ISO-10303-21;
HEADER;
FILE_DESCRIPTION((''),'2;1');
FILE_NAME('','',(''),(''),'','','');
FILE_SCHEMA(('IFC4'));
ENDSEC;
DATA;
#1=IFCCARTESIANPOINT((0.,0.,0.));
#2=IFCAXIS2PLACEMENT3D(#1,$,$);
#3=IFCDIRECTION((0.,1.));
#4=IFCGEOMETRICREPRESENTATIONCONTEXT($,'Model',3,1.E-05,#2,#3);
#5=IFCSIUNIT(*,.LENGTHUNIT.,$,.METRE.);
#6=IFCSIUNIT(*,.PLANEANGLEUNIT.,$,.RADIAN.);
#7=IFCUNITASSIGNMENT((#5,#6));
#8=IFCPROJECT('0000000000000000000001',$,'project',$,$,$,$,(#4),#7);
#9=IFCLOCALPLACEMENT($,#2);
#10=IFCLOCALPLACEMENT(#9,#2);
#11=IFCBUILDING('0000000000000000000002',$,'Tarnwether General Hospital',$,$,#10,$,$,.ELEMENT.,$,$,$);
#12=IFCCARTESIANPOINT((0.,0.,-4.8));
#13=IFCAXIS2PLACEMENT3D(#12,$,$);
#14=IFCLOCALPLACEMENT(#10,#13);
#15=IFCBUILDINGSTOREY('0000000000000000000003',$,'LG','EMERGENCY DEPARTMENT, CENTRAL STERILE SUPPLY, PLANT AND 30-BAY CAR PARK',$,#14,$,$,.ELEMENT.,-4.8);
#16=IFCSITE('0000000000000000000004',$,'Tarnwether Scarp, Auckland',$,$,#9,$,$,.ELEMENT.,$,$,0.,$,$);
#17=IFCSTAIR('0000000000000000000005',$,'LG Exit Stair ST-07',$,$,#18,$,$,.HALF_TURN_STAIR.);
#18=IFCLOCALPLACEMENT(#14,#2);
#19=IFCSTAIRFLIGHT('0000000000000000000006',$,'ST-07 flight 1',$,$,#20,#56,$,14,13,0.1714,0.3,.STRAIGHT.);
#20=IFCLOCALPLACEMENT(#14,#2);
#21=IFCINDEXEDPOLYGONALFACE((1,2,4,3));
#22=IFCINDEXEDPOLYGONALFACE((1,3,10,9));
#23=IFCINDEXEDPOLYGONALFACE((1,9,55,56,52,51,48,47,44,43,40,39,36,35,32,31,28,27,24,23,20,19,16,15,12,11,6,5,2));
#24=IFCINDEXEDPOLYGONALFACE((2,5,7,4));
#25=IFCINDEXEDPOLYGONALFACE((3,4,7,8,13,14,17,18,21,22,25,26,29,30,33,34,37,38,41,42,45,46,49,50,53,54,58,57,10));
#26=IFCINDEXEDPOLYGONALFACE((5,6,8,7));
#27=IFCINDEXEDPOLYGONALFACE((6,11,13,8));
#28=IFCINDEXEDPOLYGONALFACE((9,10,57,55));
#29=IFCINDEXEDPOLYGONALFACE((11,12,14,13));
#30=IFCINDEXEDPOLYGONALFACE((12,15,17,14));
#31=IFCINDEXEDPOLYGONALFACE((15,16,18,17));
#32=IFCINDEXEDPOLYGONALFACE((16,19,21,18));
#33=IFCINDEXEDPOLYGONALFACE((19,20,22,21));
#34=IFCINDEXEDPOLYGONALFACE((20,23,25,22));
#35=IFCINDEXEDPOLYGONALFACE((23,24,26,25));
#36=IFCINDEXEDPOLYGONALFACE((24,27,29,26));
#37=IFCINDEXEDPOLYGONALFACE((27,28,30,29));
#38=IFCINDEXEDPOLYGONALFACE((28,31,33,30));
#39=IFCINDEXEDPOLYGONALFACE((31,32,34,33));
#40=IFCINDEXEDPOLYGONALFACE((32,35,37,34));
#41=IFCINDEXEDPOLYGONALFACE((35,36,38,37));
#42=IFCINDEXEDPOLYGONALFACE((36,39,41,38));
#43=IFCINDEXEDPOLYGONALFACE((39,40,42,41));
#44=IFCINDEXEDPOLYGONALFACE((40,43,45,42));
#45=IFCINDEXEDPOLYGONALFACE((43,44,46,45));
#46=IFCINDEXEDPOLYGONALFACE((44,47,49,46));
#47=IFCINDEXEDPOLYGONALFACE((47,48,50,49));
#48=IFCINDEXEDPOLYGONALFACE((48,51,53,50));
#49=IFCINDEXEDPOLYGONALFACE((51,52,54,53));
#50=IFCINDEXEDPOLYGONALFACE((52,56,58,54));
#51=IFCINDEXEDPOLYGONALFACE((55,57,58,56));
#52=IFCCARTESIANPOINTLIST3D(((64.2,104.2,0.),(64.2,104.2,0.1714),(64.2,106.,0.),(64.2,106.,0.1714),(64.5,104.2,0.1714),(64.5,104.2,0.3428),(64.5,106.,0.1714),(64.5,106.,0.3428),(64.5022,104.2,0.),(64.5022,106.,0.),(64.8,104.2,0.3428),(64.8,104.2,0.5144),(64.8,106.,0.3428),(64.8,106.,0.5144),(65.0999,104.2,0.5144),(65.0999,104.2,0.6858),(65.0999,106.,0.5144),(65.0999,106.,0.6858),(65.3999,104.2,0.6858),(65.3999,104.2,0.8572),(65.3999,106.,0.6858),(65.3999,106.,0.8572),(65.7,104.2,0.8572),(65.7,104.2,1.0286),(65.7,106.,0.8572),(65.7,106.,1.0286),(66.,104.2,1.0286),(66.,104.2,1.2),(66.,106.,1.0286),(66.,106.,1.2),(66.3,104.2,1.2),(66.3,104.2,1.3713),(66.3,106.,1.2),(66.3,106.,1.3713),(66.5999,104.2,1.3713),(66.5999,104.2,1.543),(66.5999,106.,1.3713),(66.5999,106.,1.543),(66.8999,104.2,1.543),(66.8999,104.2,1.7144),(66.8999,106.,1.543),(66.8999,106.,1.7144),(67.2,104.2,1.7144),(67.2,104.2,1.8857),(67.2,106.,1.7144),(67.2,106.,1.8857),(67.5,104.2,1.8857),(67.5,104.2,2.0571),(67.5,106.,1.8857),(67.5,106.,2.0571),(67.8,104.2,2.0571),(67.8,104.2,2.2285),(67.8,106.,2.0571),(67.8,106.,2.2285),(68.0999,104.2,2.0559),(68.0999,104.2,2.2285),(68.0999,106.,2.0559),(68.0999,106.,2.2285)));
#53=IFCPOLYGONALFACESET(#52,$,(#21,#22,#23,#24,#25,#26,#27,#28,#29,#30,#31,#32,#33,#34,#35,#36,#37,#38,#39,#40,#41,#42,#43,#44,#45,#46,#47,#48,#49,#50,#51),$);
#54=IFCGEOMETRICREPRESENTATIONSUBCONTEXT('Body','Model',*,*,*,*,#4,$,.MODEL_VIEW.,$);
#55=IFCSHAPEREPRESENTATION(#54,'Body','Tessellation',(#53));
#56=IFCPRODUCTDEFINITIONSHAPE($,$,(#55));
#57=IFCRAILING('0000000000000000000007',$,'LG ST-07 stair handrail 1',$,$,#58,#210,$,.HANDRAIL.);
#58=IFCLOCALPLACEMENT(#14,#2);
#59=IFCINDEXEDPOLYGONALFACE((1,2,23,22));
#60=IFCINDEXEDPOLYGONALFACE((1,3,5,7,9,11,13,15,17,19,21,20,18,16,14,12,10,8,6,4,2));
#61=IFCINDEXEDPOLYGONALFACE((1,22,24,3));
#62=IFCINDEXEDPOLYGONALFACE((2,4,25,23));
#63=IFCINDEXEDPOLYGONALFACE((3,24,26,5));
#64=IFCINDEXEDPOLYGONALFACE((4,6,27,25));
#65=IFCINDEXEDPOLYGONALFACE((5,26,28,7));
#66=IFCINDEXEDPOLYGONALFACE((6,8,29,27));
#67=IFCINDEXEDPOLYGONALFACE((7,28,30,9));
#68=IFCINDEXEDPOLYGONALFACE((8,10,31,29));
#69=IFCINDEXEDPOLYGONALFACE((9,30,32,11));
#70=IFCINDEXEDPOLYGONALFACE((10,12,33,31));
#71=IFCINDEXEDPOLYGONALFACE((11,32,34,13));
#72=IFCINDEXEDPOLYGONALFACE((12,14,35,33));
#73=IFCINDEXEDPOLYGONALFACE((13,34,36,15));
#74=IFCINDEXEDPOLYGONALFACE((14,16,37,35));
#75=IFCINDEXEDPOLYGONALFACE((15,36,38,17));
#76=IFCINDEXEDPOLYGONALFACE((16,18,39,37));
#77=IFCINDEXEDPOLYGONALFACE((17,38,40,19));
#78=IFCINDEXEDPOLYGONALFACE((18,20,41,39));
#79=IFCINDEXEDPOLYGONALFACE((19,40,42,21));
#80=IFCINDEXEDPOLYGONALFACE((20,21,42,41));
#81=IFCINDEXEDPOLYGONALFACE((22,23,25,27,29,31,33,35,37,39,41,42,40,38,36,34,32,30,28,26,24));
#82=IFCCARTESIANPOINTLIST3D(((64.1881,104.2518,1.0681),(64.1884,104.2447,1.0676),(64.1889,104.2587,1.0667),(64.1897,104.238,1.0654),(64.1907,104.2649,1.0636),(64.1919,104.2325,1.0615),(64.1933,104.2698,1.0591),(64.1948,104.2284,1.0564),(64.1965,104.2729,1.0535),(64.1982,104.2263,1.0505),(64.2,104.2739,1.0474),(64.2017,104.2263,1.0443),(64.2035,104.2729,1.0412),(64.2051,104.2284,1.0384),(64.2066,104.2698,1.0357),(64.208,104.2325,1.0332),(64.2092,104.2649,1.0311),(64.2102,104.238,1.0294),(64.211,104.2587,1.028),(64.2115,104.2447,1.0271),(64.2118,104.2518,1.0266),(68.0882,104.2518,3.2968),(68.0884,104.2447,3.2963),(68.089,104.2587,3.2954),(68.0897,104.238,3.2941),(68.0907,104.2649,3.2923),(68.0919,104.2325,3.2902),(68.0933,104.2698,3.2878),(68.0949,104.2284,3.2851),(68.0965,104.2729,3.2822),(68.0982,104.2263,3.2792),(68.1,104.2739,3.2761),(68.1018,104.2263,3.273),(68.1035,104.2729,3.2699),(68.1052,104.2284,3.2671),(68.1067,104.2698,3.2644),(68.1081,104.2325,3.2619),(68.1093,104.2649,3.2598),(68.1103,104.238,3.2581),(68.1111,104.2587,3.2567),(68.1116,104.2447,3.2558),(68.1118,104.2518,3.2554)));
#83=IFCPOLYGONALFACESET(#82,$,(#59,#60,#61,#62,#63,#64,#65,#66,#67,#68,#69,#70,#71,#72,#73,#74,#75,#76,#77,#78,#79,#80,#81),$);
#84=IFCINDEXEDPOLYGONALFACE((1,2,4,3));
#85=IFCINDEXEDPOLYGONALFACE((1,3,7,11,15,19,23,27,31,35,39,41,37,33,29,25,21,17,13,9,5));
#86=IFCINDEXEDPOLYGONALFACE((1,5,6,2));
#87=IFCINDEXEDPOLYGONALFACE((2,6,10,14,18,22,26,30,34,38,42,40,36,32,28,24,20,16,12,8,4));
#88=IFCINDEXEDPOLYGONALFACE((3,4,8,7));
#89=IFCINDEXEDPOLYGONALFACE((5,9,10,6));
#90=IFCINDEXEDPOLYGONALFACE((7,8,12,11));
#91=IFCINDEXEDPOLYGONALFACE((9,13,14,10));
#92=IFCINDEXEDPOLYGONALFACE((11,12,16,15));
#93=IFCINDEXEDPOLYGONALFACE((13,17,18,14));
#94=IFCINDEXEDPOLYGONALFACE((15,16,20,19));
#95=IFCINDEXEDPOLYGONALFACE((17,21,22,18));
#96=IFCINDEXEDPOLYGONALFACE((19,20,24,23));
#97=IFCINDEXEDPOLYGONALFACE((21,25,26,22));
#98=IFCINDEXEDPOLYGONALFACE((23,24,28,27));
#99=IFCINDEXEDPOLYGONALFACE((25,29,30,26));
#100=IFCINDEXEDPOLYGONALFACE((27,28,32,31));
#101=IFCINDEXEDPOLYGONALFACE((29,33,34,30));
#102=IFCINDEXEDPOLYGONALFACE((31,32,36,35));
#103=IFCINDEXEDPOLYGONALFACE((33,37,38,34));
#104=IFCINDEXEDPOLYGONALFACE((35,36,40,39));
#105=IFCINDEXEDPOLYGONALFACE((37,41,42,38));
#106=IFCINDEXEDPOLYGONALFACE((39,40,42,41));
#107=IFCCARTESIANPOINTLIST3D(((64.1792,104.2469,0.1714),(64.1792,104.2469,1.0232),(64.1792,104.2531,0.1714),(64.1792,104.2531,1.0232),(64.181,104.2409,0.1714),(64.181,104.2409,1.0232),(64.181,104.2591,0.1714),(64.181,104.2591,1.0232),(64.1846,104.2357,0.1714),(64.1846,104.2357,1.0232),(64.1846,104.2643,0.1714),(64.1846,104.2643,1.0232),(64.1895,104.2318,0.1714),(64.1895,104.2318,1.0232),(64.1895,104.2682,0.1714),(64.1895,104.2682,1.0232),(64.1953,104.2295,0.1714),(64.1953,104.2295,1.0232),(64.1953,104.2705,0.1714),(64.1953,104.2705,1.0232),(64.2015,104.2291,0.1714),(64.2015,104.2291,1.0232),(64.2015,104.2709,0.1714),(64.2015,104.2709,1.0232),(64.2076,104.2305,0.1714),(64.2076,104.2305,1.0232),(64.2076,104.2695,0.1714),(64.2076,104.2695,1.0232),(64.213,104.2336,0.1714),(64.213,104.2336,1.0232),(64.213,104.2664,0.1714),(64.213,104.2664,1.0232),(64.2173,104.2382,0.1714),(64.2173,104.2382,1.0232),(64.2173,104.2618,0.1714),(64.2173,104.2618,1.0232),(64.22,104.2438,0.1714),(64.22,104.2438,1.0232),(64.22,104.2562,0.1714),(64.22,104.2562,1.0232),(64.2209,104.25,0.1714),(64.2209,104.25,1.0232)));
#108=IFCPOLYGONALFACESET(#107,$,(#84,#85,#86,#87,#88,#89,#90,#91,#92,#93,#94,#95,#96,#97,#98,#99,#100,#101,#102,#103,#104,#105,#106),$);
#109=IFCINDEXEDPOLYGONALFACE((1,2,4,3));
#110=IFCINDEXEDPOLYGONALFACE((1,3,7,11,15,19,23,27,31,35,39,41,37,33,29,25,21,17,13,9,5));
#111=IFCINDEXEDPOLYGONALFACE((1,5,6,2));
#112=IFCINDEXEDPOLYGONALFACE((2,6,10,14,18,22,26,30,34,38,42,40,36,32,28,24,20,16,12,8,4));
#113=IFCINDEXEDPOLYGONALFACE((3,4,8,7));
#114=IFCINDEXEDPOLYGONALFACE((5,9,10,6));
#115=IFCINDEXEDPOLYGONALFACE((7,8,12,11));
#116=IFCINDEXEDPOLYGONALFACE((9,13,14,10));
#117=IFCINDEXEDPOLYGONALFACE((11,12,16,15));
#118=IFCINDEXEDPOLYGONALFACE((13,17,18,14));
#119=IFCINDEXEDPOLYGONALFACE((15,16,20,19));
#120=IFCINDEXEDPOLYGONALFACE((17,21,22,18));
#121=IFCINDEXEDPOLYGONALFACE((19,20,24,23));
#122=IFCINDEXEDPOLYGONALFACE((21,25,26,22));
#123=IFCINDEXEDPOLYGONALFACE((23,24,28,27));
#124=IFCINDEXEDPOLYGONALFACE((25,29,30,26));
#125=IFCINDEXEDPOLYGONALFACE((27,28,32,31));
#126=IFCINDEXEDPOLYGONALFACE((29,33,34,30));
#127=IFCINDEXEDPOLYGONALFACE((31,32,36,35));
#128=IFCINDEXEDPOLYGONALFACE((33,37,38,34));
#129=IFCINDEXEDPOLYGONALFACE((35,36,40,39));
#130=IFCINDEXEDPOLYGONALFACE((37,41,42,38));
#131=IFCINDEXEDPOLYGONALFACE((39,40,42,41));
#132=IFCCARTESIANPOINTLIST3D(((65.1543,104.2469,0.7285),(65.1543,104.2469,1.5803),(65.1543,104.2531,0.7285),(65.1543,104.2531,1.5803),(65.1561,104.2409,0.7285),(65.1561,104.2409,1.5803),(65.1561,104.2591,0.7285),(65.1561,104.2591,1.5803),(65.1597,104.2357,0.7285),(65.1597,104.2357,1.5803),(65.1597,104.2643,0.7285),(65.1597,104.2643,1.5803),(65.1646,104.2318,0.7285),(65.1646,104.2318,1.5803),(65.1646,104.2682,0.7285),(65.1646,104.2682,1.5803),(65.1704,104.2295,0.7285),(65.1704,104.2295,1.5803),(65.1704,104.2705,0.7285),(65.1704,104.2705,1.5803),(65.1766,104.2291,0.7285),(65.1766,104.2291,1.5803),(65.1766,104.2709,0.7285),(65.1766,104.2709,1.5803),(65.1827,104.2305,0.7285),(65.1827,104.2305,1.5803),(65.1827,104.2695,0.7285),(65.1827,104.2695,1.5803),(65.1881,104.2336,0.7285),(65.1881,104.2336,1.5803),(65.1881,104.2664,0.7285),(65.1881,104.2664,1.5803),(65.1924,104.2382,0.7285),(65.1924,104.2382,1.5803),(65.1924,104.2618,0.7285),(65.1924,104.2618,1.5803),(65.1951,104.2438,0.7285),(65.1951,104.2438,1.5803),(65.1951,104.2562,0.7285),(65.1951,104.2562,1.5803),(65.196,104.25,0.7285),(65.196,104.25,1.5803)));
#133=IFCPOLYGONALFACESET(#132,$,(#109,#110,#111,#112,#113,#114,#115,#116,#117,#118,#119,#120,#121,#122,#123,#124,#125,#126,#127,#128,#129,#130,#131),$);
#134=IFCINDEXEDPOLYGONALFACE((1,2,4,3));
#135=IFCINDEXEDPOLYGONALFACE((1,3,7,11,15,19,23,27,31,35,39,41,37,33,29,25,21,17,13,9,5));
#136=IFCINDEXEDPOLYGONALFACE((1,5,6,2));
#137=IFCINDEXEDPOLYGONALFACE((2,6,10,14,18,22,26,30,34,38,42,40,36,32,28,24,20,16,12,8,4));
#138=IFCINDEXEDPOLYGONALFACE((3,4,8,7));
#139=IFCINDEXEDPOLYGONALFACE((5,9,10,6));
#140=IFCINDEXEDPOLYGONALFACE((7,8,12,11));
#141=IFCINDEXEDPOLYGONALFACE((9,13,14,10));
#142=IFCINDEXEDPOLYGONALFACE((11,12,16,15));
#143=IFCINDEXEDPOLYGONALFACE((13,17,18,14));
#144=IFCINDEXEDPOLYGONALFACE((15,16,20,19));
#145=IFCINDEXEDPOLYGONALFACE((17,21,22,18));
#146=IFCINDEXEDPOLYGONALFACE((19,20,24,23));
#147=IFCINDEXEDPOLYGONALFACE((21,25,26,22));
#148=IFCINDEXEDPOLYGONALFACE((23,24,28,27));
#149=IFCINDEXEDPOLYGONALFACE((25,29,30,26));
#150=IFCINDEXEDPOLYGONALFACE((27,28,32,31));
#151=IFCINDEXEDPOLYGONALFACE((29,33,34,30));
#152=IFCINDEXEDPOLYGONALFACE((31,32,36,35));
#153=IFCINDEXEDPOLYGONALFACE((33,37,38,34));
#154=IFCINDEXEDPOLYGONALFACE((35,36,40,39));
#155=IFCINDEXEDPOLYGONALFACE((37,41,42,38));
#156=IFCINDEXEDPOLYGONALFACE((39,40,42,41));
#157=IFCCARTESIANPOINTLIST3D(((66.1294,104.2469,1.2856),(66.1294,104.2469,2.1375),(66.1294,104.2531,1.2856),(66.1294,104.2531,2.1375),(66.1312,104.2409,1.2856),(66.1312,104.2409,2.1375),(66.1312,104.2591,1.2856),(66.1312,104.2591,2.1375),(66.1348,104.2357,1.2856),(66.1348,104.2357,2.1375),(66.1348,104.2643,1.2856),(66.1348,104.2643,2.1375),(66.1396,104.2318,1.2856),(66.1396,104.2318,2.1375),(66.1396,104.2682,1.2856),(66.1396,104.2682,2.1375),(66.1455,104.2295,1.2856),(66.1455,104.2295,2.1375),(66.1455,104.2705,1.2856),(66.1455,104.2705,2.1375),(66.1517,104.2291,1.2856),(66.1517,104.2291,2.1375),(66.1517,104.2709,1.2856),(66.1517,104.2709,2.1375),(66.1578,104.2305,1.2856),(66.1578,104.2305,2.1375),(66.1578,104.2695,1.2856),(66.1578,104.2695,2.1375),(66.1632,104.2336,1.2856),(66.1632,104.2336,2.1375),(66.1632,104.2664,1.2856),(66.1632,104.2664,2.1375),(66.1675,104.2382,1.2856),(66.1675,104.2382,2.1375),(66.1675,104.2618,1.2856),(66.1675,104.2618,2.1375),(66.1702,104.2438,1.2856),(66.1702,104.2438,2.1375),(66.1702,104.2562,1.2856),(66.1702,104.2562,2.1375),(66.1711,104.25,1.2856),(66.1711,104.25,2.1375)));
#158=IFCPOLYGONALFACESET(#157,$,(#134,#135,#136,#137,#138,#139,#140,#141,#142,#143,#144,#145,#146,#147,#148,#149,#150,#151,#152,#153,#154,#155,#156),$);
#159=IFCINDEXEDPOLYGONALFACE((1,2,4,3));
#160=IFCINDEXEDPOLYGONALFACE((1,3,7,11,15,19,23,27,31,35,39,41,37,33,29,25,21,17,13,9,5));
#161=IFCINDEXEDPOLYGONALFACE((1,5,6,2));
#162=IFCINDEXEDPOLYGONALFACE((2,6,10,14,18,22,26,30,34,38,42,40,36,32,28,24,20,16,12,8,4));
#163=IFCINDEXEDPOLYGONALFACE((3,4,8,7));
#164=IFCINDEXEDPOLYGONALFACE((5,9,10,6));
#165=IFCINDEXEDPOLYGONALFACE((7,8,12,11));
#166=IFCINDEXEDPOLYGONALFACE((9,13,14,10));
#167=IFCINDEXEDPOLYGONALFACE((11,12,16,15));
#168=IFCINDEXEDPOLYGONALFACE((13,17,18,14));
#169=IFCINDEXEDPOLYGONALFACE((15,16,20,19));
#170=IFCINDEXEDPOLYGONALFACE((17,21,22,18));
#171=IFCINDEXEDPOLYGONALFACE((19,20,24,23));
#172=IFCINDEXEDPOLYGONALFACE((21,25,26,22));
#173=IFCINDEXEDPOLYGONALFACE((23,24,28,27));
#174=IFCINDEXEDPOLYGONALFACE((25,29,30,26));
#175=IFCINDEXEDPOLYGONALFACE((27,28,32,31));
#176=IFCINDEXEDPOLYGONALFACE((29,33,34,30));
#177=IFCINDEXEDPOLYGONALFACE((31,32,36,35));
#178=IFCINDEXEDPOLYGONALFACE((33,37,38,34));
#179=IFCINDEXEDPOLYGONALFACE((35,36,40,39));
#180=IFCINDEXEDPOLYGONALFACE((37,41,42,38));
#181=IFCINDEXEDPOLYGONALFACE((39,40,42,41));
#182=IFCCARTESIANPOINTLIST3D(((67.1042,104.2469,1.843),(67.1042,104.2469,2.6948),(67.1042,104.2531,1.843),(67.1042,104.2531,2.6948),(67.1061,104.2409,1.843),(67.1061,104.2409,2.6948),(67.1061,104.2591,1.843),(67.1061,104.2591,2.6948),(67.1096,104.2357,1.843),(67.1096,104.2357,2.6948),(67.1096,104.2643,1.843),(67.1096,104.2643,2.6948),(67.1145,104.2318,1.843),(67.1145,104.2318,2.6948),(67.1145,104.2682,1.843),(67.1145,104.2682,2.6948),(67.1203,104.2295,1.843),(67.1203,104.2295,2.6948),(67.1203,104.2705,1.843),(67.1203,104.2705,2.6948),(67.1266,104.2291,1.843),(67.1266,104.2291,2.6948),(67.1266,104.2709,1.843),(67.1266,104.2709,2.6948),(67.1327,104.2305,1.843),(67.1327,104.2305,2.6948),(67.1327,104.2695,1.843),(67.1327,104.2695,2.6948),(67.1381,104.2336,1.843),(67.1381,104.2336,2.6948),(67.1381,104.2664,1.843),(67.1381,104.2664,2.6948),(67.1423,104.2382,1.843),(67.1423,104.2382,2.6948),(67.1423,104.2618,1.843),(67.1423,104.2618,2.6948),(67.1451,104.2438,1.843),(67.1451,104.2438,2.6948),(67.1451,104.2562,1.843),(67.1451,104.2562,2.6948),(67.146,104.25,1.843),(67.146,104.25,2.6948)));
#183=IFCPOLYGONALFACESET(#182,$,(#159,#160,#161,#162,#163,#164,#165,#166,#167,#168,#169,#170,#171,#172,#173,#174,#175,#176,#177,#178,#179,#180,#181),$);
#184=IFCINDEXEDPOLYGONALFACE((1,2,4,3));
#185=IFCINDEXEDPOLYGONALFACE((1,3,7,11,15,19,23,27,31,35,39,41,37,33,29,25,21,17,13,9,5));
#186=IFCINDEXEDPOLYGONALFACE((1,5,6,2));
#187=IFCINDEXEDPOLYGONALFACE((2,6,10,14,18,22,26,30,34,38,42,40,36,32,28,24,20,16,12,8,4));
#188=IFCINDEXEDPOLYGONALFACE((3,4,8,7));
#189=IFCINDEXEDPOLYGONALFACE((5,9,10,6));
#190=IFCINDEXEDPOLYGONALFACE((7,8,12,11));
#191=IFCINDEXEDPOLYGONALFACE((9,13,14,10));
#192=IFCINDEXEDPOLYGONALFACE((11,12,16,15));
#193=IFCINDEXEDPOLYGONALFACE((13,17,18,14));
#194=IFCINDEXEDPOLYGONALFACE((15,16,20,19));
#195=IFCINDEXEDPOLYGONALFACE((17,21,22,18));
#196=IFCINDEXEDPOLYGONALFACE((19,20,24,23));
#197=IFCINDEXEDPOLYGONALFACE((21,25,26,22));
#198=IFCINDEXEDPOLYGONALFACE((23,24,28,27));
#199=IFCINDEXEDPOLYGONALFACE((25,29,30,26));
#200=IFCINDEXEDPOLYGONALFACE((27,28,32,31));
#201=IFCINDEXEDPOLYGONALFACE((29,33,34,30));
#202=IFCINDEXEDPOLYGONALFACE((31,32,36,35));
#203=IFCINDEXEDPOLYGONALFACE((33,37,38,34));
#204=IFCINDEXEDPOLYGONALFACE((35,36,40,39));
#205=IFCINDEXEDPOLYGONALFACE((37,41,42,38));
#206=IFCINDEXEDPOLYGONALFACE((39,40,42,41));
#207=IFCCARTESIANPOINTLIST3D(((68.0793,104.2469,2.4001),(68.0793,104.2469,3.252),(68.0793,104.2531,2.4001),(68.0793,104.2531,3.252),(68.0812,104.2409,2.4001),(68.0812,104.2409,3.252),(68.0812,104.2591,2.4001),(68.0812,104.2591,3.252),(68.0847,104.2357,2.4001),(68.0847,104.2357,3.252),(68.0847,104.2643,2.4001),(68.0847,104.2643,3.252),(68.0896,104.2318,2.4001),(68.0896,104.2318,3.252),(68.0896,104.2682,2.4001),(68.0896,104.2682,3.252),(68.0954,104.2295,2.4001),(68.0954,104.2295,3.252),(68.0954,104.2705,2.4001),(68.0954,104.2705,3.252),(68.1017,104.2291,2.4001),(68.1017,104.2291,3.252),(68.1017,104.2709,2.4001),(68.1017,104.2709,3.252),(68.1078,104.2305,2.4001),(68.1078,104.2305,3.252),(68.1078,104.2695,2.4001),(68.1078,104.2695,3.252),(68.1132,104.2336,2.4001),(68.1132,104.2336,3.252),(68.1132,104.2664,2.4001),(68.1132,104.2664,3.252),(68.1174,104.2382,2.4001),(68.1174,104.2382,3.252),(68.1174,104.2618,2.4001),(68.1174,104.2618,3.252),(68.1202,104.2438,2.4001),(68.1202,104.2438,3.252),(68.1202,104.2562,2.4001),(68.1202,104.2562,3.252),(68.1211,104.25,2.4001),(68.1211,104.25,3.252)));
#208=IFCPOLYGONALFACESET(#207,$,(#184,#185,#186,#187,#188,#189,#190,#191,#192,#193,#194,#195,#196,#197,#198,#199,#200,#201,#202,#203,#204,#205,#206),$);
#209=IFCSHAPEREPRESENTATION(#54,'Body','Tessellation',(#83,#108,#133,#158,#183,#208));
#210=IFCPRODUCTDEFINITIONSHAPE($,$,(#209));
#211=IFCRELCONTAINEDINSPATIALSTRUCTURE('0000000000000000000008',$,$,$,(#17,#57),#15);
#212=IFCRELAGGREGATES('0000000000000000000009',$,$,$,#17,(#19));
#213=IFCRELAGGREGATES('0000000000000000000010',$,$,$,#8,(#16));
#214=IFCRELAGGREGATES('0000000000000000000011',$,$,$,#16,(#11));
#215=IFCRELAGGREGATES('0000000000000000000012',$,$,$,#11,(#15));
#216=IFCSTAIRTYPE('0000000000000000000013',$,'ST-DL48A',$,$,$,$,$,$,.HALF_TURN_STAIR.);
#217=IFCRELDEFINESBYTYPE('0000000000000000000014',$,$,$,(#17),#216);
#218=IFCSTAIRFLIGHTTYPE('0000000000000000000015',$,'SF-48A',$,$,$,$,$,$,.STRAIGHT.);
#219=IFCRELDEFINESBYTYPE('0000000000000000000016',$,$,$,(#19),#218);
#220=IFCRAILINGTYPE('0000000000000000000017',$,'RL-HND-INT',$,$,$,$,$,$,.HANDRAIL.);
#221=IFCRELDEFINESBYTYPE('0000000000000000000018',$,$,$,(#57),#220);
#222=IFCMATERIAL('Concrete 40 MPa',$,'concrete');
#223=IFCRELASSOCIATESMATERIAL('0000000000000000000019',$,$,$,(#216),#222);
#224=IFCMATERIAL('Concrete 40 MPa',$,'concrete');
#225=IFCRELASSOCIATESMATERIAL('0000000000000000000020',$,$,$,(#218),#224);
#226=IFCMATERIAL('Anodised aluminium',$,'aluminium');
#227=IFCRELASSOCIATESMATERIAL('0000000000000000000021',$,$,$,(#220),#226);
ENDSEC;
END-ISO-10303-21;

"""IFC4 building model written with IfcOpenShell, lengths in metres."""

from ifc_helpers import new_model, si_unit, direction, frame, origin, origin_2d, place, context, subcontext, project, spatial, polyline, circle, outline, extrude, material, type_object, element, aggregate, save


model = new_model("IFC4")

# Units and contexts
model_context = context("Model", 3, precision=1e-05, world=origin(), true_north=direction((0.0, 1.0)))
body_context = subcontext(model_context, "Body", "Model", "MODEL_VIEW")
ifc_project = project(units=[si_unit("LENGTHUNIT", "METRE"), si_unit("PLANEANGLEUNIT", "RADIAN")], contexts=[model_context])

# Site, building, storey
site_placement = place(None, origin())
site = spatial("IfcSite", under=ifc_project, at=site_placement, Name="Tarnwether Scarp, Auckland", CompositionType="ELEMENT", RefElevation=0.0)
building_placement = place(site_placement, origin())
building = spatial("IfcBuilding", under=site, at=building_placement, Name="Tarnwether General Hospital", CompositionType="ELEMENT")
storey_placement = place(building_placement, frame((0.0, 0.0, -4.8)))
storey = spatial("IfcBuildingStorey", under=building, at=storey_placement, Name="LG", Description="EMERGENCY DEPARTMENT, CENTRAL STERILE SUPPLY, PLANT AND 30-BAY CAR PARK", CompositionType="ELEMENT", Elevation=-4.8)

# Stair, stair flight
ifc_material_1 = material(Name="Concrete 40 MPa", Category="concrete")
stair_type = type_object("IfcStairType", Name="ST-DL48A", PredefinedType="HALF_TURN_STAIR", material=ifc_material_1)
stair_placement = place(storey_placement, origin())
stair = element("IfcStair", 1, at=stair_placement, inside=storey, type_object=stair_type, Name="LG Exit Stair ST-07", PredefinedType="HALF_TURN_STAIR")
ifc_material_2 = material(Name="Concrete 40 MPa", Category="concrete")
stair_flight_type = type_object("IfcStairFlightType", Name="SF-48A", PredefinedType="STRAIGHT", material=ifc_material_2)
stair_flight_placement = place(storey_placement, frame((64.2, 105.1001, 0.0), z_axis=(0.0, 0.0, 1.0), x_axis=(1.0, 0.0, 0.0)))
stair_flight = element("IfcStairFlight", 2, at=stair_flight_placement, type_object=stair_flight_type, Name="ST-07 flight 1", NumberOfRisers=14, NumberOfTreads=13, PredefinedType="STRAIGHT", RiserHeight=0.1714, TreadLength=0.3, context=body_context, shape_type="SweptSolid", body=[
    extrude(outline(polyline([(0.0, 0.0), (0.0, 0.1714), (0.3, 0.1714), (0.3, 0.3428), (0.6001, 0.3428), (0.6001, 0.5144), (0.8999, 0.5144), (0.8999, 0.6858), (1.2, 0.6858), (1.2, 0.8572), (1.5, 0.8572), (1.5, 1.0286), (1.8, 1.0286), (1.8, 1.2), (2.1001, 1.2), (2.1001, 1.3713), (2.3999, 1.3713), (2.3999, 1.543), (2.7, 1.543), (2.7, 1.7144), (3.0, 1.7144), (3.0, 1.8857), (3.3, 1.8857), (3.3, 2.0571), (3.6001, 2.0571), (3.6001, 2.2285), (3.8999, 2.2285), (3.8999, 2.3999), (3.8999, 2.0559), (0.3022, 0.0), (0.0, 0.0)])), frame((0.0, 0.8999, 0.0), z_axis=(0.0, -1.0, 0.0), x_axis=(1.0, 0.0, 0.0)), (0.0, 0.0, 1.0), 1.8),
])
aggregate(stair, [stair_flight])

# Railing
ifc_material_3 = material(Name="Anodised aluminium", Category="aluminium")
railing_type = type_object("IfcRailingType", Name="RL-HND-INT", PredefinedType="HANDRAIL", material=ifc_material_3)
railing_placement = place(storey_placement, frame((64.2, 104.25, 0.1714)))
element("IfcRailing", 3, at=railing_placement, inside=storey, type_object=railing_type, Name="LG ST-07 stair handrail 1", PredefinedType="HANDRAIL", context=body_context, shape_type="SweptSolid", body=[
    extrude(circle(Radius=0.0239, at=origin_2d()), frame((0.0, 0.0, 0.876), z_axis=(0.868233, 0.0, 0.496156), x_axis=(0.0, 1.0, 0.0)), (0.0, 0.0, 1.0), 4.4919),
    extrude(circle(Radius=0.021, at=origin_2d()), origin(), (0.0, 0.0, 1.0), 0.8518),
    extrude(circle(Radius=0.021, at=origin_2d()), frame((0.9751, 0.0, 0.5571)), (0.0, 0.0, 1.0), 0.8518),
    extrude(circle(Radius=0.021, at=origin_2d()), frame((1.9502, 0.0, 1.1143)), (0.0, 0.0, 1.0), 0.8518),
    extrude(circle(Radius=0.021, at=origin_2d()), frame((2.925, 0.0, 1.6716)), (0.0, 0.0, 1.0), 0.8518),
    extrude(circle(Radius=0.021, at=origin_2d()), frame((3.9001, 0.0, 2.2288)), (0.0, 0.0, 1.0), 0.8518),
])

save(model, "model.ifc")
